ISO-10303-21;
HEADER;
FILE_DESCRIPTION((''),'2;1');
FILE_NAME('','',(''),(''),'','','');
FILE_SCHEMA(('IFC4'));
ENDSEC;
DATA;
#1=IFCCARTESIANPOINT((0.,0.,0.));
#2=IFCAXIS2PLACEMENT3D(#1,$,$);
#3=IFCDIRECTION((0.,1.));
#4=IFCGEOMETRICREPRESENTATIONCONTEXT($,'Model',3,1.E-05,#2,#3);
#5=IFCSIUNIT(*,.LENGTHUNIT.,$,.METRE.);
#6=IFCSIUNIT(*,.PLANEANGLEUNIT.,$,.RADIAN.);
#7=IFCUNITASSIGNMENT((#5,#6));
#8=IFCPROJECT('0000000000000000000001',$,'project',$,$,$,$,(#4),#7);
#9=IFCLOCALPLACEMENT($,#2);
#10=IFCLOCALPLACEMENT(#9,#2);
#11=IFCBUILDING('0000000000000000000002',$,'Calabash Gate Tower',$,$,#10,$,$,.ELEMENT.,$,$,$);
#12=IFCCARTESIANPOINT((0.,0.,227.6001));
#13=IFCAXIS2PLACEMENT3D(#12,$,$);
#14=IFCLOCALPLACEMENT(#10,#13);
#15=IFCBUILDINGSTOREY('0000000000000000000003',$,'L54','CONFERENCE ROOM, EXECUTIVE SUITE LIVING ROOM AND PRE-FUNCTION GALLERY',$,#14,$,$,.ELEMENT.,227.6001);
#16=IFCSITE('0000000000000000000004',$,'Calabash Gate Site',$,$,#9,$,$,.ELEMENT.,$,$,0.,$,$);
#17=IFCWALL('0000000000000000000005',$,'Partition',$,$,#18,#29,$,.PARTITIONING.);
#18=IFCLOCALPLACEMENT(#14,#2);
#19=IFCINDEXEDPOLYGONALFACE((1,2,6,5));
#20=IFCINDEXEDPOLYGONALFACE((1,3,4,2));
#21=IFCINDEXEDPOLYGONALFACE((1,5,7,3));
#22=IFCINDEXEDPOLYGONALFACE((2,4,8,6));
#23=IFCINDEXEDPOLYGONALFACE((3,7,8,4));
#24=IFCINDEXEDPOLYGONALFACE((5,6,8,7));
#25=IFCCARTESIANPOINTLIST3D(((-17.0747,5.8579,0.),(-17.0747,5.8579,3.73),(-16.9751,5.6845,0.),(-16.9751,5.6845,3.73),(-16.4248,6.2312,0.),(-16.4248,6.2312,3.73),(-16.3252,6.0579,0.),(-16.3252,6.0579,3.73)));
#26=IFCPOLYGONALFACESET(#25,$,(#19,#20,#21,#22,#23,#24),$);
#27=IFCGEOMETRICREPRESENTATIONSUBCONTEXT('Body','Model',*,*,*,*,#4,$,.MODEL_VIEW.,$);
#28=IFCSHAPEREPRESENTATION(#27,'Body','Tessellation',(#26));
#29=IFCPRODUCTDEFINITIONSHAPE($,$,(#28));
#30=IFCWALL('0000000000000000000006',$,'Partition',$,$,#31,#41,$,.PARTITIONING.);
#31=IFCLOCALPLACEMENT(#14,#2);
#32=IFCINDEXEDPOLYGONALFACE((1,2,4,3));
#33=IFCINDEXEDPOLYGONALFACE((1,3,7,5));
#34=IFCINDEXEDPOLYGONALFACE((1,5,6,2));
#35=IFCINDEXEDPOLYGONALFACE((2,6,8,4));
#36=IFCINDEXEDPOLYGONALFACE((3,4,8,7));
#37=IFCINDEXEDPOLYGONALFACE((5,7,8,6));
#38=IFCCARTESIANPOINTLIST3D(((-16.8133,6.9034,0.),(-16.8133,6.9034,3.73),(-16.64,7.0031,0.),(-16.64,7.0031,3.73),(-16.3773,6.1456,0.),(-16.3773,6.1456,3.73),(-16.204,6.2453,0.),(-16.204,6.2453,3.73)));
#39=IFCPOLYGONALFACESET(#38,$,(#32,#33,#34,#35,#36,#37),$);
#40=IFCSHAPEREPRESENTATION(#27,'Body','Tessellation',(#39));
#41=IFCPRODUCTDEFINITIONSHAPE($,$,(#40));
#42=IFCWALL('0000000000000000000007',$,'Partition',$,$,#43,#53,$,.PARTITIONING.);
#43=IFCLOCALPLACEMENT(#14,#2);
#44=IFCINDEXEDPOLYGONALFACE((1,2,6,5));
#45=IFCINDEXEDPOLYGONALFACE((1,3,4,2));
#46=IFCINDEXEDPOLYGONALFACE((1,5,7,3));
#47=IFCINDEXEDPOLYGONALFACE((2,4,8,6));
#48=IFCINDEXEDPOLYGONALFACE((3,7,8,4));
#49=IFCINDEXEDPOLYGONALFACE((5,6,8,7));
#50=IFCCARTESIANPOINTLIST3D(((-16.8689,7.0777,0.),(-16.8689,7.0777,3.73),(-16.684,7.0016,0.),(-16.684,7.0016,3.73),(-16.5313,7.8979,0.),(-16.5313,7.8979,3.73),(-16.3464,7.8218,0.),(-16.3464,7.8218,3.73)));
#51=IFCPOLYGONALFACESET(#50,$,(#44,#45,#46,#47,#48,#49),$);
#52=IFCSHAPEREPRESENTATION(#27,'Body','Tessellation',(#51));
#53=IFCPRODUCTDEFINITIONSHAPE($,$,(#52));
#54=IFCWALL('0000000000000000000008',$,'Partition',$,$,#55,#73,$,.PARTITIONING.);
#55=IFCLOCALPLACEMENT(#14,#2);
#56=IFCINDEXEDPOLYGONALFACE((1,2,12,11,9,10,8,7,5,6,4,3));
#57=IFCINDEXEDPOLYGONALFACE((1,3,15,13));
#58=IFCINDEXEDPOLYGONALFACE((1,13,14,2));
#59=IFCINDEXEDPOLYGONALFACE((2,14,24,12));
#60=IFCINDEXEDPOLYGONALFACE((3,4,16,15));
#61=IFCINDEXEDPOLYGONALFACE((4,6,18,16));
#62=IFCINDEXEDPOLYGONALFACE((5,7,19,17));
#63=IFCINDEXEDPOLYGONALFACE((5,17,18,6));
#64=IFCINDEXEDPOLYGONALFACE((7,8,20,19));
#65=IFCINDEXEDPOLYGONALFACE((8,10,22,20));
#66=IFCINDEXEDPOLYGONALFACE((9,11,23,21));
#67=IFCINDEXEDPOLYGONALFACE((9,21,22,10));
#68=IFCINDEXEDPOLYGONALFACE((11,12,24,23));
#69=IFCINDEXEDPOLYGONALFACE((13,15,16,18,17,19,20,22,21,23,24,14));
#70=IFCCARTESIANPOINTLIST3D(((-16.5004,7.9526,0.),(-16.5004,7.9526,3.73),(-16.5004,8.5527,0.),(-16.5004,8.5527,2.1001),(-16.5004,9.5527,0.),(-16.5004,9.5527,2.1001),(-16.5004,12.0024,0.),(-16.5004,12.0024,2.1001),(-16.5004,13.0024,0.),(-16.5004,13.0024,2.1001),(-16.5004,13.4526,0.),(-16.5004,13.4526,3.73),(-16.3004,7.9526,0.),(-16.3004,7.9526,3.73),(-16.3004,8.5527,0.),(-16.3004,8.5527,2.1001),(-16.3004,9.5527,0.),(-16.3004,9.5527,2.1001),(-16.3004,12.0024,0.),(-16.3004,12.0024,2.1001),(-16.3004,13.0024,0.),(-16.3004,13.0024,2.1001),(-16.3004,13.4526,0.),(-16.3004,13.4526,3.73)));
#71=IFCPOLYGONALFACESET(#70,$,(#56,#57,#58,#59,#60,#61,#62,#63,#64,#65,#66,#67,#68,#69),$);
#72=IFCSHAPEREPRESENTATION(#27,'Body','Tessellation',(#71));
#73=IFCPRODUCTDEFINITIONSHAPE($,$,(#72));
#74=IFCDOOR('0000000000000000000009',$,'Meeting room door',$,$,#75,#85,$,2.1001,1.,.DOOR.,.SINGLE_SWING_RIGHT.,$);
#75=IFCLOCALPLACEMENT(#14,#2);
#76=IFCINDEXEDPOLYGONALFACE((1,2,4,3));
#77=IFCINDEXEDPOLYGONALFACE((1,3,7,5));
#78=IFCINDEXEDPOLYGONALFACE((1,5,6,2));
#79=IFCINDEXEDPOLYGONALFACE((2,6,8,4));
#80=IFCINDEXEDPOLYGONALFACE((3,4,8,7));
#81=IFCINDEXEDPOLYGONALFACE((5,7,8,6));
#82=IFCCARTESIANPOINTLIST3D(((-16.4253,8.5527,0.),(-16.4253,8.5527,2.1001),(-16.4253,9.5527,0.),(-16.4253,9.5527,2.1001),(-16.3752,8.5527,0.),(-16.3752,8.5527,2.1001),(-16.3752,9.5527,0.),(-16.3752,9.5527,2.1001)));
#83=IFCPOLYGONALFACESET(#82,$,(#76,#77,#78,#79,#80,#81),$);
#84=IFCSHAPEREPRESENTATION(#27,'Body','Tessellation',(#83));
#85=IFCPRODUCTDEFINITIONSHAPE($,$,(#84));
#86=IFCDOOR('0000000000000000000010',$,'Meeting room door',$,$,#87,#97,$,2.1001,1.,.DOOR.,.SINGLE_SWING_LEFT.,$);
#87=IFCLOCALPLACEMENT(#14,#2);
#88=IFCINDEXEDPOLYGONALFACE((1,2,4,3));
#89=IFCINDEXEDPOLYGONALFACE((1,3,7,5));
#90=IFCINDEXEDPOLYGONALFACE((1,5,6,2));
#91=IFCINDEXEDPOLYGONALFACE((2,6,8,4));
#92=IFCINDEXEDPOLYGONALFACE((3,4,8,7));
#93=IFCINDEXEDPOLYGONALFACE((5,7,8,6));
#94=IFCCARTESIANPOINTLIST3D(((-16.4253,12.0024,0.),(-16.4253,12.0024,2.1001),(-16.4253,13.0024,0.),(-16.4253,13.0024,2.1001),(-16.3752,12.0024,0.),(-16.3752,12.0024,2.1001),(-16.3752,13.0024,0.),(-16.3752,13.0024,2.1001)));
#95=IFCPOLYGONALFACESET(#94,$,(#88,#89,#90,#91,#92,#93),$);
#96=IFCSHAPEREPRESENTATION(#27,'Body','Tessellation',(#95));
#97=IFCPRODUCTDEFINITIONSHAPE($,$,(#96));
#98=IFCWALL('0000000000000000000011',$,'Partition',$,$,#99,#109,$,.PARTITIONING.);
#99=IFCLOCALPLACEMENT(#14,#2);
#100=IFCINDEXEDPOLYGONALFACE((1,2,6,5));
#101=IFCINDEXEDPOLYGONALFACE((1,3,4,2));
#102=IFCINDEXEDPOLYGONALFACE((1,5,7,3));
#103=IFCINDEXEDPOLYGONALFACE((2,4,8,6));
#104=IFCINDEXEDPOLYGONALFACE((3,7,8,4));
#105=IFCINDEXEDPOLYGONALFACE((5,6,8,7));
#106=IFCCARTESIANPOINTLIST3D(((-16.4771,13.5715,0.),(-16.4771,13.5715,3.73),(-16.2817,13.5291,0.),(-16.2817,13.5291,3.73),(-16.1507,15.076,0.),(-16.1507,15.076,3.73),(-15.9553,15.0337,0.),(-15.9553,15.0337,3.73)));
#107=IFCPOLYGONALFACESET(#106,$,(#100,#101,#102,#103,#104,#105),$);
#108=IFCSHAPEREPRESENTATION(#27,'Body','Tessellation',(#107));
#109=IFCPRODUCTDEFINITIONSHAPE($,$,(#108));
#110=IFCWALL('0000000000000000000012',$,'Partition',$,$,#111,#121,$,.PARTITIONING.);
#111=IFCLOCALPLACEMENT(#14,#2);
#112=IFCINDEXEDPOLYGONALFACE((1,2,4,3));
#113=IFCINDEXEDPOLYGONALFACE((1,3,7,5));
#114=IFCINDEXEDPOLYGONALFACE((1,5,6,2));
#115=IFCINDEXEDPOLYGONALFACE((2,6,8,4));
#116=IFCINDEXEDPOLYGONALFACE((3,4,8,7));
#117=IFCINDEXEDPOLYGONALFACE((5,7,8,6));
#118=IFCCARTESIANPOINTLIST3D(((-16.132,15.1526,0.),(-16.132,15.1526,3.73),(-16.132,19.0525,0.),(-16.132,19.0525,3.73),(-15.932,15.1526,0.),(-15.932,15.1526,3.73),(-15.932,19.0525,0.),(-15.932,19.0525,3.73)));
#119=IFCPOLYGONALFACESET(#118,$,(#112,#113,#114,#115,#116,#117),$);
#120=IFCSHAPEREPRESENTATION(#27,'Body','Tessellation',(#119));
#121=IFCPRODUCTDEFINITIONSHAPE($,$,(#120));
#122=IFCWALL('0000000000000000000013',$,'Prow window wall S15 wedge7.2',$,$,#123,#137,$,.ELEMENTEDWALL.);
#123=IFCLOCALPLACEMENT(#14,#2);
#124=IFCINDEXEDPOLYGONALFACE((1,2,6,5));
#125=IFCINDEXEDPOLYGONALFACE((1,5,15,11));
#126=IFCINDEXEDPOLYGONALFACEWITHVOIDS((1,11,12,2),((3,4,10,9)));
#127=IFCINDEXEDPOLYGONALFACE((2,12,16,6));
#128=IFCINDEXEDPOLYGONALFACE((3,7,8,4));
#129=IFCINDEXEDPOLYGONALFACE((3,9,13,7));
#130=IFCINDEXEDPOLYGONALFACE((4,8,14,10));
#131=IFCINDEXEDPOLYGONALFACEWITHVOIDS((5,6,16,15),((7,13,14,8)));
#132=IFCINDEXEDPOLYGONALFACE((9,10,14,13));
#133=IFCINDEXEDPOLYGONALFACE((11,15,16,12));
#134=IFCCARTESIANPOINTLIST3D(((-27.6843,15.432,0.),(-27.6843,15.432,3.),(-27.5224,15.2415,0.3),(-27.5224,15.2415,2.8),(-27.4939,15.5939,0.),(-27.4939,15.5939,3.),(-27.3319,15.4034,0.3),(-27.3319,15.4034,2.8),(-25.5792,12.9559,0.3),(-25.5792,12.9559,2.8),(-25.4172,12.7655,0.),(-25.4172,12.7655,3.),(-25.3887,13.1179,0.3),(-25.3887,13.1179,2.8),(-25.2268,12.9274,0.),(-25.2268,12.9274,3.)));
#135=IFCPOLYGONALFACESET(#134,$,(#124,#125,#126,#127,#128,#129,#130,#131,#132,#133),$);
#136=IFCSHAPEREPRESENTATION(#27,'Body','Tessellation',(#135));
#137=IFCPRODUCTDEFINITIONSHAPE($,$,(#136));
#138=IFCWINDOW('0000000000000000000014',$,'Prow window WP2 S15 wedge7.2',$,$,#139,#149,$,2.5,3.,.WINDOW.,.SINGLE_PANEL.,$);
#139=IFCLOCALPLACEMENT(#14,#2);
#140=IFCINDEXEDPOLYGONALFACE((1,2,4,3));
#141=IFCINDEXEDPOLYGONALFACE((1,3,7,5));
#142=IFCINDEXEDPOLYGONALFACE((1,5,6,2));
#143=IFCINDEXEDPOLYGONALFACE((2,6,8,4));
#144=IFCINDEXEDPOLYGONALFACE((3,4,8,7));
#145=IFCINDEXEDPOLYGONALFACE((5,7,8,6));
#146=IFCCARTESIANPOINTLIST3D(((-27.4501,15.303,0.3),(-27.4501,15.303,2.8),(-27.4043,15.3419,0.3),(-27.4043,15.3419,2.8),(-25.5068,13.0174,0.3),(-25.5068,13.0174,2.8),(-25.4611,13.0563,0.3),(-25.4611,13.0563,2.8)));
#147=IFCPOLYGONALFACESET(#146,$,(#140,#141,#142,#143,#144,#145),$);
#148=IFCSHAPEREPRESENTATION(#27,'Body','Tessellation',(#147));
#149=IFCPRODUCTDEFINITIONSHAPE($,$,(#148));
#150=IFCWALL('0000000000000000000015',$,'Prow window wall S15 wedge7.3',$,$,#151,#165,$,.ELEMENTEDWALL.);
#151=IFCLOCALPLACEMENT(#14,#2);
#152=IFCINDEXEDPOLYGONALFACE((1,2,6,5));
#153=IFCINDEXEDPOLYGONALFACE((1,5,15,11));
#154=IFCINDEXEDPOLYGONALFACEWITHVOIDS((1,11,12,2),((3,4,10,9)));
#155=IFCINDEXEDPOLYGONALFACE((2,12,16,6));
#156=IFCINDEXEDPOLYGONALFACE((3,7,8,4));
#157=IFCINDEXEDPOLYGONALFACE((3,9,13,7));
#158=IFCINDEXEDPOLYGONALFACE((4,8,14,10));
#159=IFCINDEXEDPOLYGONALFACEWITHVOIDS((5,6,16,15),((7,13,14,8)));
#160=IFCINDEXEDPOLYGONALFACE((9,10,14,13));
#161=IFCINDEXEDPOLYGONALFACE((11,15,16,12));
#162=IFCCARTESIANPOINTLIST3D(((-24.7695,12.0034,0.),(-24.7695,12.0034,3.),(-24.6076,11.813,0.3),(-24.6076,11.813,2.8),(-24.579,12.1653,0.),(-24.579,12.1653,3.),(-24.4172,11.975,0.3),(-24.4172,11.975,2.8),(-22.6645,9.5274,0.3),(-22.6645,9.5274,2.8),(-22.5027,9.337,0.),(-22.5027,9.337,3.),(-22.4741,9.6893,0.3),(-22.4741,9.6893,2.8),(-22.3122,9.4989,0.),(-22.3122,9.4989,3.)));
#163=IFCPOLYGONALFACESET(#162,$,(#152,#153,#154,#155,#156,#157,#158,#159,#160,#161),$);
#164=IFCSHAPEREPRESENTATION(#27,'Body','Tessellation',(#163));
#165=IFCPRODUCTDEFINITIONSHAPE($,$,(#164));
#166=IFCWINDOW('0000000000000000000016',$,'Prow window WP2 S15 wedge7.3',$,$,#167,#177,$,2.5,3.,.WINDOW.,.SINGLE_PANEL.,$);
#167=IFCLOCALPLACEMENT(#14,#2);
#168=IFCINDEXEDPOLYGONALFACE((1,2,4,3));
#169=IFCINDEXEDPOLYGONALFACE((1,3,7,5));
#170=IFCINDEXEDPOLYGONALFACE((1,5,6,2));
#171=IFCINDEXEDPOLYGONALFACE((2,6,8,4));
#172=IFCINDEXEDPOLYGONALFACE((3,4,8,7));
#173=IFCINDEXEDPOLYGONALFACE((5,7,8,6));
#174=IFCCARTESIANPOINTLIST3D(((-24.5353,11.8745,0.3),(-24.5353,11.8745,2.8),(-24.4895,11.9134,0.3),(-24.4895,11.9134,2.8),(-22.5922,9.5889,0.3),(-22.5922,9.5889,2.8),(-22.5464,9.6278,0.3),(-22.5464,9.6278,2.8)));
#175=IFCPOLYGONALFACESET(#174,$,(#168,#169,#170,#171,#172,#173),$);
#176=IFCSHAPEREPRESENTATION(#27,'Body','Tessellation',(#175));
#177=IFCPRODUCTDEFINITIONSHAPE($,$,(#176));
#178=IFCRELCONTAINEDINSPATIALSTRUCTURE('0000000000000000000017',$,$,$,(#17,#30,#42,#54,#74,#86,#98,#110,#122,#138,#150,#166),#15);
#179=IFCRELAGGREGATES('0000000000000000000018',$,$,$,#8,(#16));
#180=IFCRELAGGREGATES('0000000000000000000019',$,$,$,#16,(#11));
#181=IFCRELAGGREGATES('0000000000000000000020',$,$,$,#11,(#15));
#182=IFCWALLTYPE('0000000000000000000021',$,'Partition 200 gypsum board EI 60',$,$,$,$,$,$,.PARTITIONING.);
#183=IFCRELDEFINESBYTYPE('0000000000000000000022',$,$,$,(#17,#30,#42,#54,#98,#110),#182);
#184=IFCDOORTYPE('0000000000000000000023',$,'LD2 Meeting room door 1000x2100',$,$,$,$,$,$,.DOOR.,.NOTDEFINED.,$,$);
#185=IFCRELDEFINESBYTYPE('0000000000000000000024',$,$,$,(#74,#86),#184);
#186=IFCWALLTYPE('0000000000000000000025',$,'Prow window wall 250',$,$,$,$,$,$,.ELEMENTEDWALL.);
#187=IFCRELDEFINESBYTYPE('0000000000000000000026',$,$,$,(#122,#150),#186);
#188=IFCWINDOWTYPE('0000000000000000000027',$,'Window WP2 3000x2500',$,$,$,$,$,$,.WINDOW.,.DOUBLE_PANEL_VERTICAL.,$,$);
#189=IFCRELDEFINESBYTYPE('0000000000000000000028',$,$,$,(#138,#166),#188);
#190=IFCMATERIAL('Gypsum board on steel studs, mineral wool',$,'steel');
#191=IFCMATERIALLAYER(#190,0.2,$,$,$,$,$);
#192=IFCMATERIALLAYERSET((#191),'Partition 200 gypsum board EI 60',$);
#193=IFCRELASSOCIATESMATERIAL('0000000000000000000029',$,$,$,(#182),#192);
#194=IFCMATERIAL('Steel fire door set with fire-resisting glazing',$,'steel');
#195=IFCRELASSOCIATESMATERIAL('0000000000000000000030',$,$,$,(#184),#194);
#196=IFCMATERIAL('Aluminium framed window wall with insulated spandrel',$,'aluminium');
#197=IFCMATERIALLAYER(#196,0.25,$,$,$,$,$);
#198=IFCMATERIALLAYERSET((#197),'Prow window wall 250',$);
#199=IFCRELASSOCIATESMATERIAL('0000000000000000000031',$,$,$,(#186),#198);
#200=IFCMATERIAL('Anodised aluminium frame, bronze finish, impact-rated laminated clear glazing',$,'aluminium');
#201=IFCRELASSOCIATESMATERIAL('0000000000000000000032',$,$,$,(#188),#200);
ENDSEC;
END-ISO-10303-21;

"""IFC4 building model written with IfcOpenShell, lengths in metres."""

from ifc_helpers import new_model, si_unit, direction, frame, frame_2d, origin, place, context, subcontext, project, spatial, rectangle, extrude, material, layer, layer_set, type_object, element, fill, save


model = new_model("IFC4")

# Units and contexts
model_context = context("Model", 3, precision=1e-05, world=origin(), true_north=direction((0.0, 1.0)))
body_context = subcontext(model_context, "Body", "Model", "MODEL_VIEW")
ifc_project = project(units=[si_unit("LENGTHUNIT", "METRE"), si_unit("PLANEANGLEUNIT", "RADIAN")], contexts=[model_context])

# Site, building, storey
site_placement = place(None, origin())
site = spatial("IfcSite", under=ifc_project, at=site_placement, Name="Calabash Gate Site", CompositionType="ELEMENT", RefElevation=0.0)
building_placement = place(site_placement, origin())
building = spatial("IfcBuilding", under=site, at=building_placement, Name="Calabash Gate Tower", CompositionType="ELEMENT")
storey_placement = place(building_placement, frame((0.0, 0.0, 227.6001)))
storey = spatial("IfcBuildingStorey", under=building, at=storey_placement, Name="L54", Description="CONFERENCE ROOM, EXECUTIVE SUITE LIVING ROOM AND PRE-FUNCTION GALLERY", CompositionType="ELEMENT", Elevation=227.6001)

# Walls
ifc_material_1 = material(Name="Gypsum board on steel studs, mineral wool", Category="steel")
ifc_layer_1 = layer(ifc_material_1, 0.2)
ifc_layer_set_1 = layer_set([ifc_layer_1], Name="Partition 200 gypsum board EI 60")
wall_type_1 = type_object("IfcWallType", Name="Partition 200 gypsum board EI 60", PredefinedType="PARTITIONING", material=ifc_layer_set_1)
wall_1_placement = place(storey_placement, frame((-17.0249, 5.7712, 0.0), z_axis=(0.0, 0.0, 1.0), x_axis=(0.867138, 0.498067, 0.0)))
element("IfcWall", 1, at=wall_1_placement, inside=storey, type_object=wall_type_1, Name="Partition", PredefinedType="PARTITIONING", context=body_context, shape_type="SweptSolid", body=[
    extrude(rectangle(XDim=0.7495, YDim=0.2, at=frame_2d((0.3748, 0.0))), origin(), (0.0, 0.0, 1.0), 3.73),
])
wall_2_placement = place(storey_placement, frame((-16.7266, 6.9531, 0.0), z_axis=(0.0, 0.0, 1.0), x_axis=(0.498723, -0.866761, 0.0)))
element("IfcWall", 2, at=wall_2_placement, inside=storey, type_object=wall_type_1, Name="Partition", PredefinedType="PARTITIONING", context=body_context, shape_type="SweptSolid", body=[
    extrude(rectangle(XDim=0.8743, YDim=0.2, at=frame_2d((0.437, 0.0))), origin(), (0.0, 0.0, 1.0), 3.73),
])
wall_3_placement = place(storey_placement, frame((-16.7764, 7.0398, 0.0), z_axis=(0.0, 0.0, 1.0), x_axis=(0.380625, 0.924729, 0.0)))
element("IfcWall", 3, at=wall_3_placement, inside=storey, type_object=wall_type_1, Name="Partition", PredefinedType="PARTITIONING", context=body_context, shape_type="SweptSolid", body=[
    extrude(rectangle(XDim=0.887, YDim=0.2, at=frame_2d((0.4434, 0.0))), origin(), (0.0, 0.0, 1.0), 3.73),
])

# Wall, openings, doors
wall_4_placement = place(storey_placement, frame((-16.4004, 7.9526, 0.0), z_axis=(0.0, 0.0, 1.0), x_axis=(0.0, 1.0, 0.0)))
wall_4 = element("IfcWall", 4, at=wall_4_placement, inside=storey, type_object=wall_type_1, Name="Partition", PredefinedType="PARTITIONING", context=body_context, shape_type="SweptSolid", body=[
    extrude(rectangle(XDim=5.5, YDim=0.2, at=frame_2d((2.75, 0.0))), origin(), (0.0, 0.0, 1.0), 3.73),
])
opening_1_placement = place(wall_4_placement, frame((0.6001, 0.0, 0.0)))
opening_1 = element("IfcOpeningElement", 5, at=opening_1_placement, cuts=wall_4, PredefinedType="OPENING", context=body_context, shape_type="SweptSolid", body=[
    extrude(rectangle(XDim=1.0, YDim=2.1001, at=frame_2d((0.5, 1.05))), frame((0.0, 0.1099, 0.0), z_axis=(0.0, -1.0, 0.0), x_axis=(1.0, 0.0, 0.0)), (0.0, 0.0, 1.0), 0.22),
])
opening_2_placement = place(wall_4_placement, frame((4.0498, 0.0, 0.0)))
opening_2 = element("IfcOpeningElement", 6, at=opening_2_placement, cuts=wall_4, PredefinedType="OPENING", context=body_context, shape_type="SweptSolid", body=[
    extrude(rectangle(XDim=1.0, YDim=2.1001, at=frame_2d((0.5, 1.05))), frame((0.0, 0.1099, 0.0), z_axis=(0.0, -1.0, 0.0), x_axis=(1.0, 0.0, 0.0)), (0.0, 0.0, 1.0), 0.22),
])
ifc_material_2 = material(Name="Steel fire door set with fire-resisting glazing", Category="steel")
door_type_1 = type_object("IfcDoorType", Name="LD2 Meeting room door 1000x2100", OperationType="NOTDEFINED", PredefinedType="DOOR", material=ifc_material_2)
door_1_placement = place(opening_1_placement, origin())
door_1 = element("IfcDoor", 7, at=door_1_placement, inside=storey, type_object=door_type_1, Name="Meeting room door", OperationType="SINGLE_SWING_RIGHT", OverallHeight=2.1001, OverallWidth=1.0, PredefinedType="DOOR", context=body_context, shape_type="SweptSolid", body=[
    extrude(rectangle(XDim=1.0, YDim=2.1001, at=frame_2d((0.5, 1.05))), frame((0.0, 0.0249, 0.0), z_axis=(0.0, -1.0, 0.0), x_axis=(1.0, 0.0, 0.0)), (0.0, 0.0, 1.0), 0.05),
])
fill(opening_1, door_1)
door_2_placement = place(opening_2_placement, origin())
door_2 = element("IfcDoor", 8, at=door_2_placement, inside=storey, type_object=door_type_1, Name="Meeting room door", OperationType="SINGLE_SWING_LEFT", OverallHeight=2.1001, OverallWidth=1.0, PredefinedType="DOOR", context=body_context, shape_type="SweptSolid", body=[
    extrude(rectangle(XDim=1.0, YDim=2.1001, at=frame_2d((0.5, 1.05))), frame((0.0, 0.0249, 0.0), z_axis=(0.0, -1.0, 0.0), x_axis=(1.0, 0.0, 0.0)), (0.0, 0.0, 1.0), 0.05),
])
fill(opening_2, door_2)

# Walls
wall_5_placement = place(storey_placement, frame((-16.3794, 13.5503, 0.0), z_axis=(0.0, 0.0, 1.0), x_axis=(0.212008, 0.977268, 0.0)))
element("IfcWall", 9, at=wall_5_placement, inside=storey, type_object=wall_type_1, Name="Partition", PredefinedType="PARTITIONING", context=body_context, shape_type="SweptSolid", body=[
    extrude(rectangle(XDim=1.5396, YDim=0.2, at=frame_2d((0.7698, 0.0))), origin(), (0.0, 0.0, 1.0), 3.73),
])
wall_6_placement = place(storey_placement, frame((-16.032, 15.1526, 0.0), z_axis=(0.0, 0.0, 1.0), x_axis=(0.0, 1.0, 0.0)))
element("IfcWall", 10, at=wall_6_placement, inside=storey, type_object=wall_type_1, Name="Partition", PredefinedType="PARTITIONING", context=body_context, shape_type="SweptSolid", body=[
    extrude(rectangle(XDim=3.8999, YDim=0.2, at=frame_2d((1.95, 0.0))), origin(), (0.0, 0.0, 1.0), 3.73),
])

# Walls, openings, windows
ifc_material_3 = material(Name="Aluminium framed window wall with insulated spandrel", Category="aluminium")
ifc_layer_2 = layer(ifc_material_3, 0.25)
ifc_layer_set_2 = layer_set([ifc_layer_2], Name="Prow window wall 250")
wall_type_2 = type_object("IfcWallType", Name="Prow window wall 250", PredefinedType="ELEMENTEDWALL", material=ifc_layer_set_2)
wall_7_placement = place(storey_placement, frame((-27.5891, 15.5129, 0.0), z_axis=(0.0, 0.0, 1.0), x_axis=(0.647742, -0.76186, 0.0)))
wall_7 = element("IfcWall", 11, at=wall_7_placement, inside=storey, type_object=wall_type_2, Name="Prow window wall S15 wedge7.2", PredefinedType="ELEMENTEDWALL", context=body_context, shape_type="SweptSolid", body=[
    extrude(rectangle(XDim=3.5, YDim=0.25, at=frame_2d((1.75, 0.0))), origin(), (0.0, 0.0, 1.0), 3.0),
])
opening_3_placement = place(wall_7_placement, frame((0.25, 0.0, 0.3)))
opening_3 = element("IfcOpeningElement", 12, at=opening_3_placement, cuts=wall_7, PredefinedType="OPENING", context=body_context, shape_type="SweptSolid", body=[
    extrude(rectangle(XDim=3.0, YDim=2.5, at=frame_2d((1.5, 1.25))), frame((0.0, 0.135, 0.0), z_axis=(0.0, -1.0, 0.0), x_axis=(1.0, 0.0, 0.0)), (0.0, 0.0, 1.0), 0.27),
])
ifc_material_4 = material(Name="Anodised aluminium frame, bronze finish, impact-rated laminated clear glazing", Category="aluminium")
window_type_1 = type_object("IfcWindowType", Name="Window WP2 3000x2500", PartitioningType="DOUBLE_PANEL_VERTICAL", PredefinedType="WINDOW", material=ifc_material_4)
window_1_placement = place(opening_3_placement, origin())
window_1 = element("IfcWindow", 13, at=window_1_placement, inside=storey, type_object=window_type_1, Name="Prow window WP2 S15 wedge7.2", OverallHeight=2.5, OverallWidth=3.0, PartitioningType="SINGLE_PANEL", PredefinedType="WINDOW", context=body_context, shape_type="SweptSolid", body=[
    extrude(rectangle(XDim=3.0, YDim=2.5, at=frame_2d((1.5, 1.25))), frame((0.0, 0.03, 0.0), z_axis=(0.0, -1.0, 0.0), x_axis=(1.0, 0.0, 0.0)), (0.0, 0.0, 1.0), 0.0601),
])
fill(opening_3, window_1)
wall_8_placement = place(storey_placement, frame((-24.6743, 12.0845, 0.0), z_axis=(0.0, 0.0, 1.0), x_axis=(0.647701, -0.761895, 0.0)))
wall_8 = element("IfcWall", 14, at=wall_8_placement, inside=storey, type_object=wall_type_2, Name="Prow window wall S15 wedge7.3", PredefinedType="ELEMENTEDWALL", context=body_context, shape_type="SweptSolid", body=[
    extrude(rectangle(XDim=3.4998, YDim=0.25, at=frame_2d((1.75, 0.0))), origin(), (0.0, 0.0, 1.0), 3.0),
])
opening_4_placement = place(wall_8_placement, frame((0.25, 0.0, 0.3)))
opening_4 = element("IfcOpeningElement", 15, at=opening_4_placement, cuts=wall_8, PredefinedType="OPENING", context=body_context, shape_type="SweptSolid", body=[
    extrude(rectangle(XDim=3.0, YDim=2.5, at=frame_2d((1.5, 1.25))), frame((0.0, 0.135, 0.0), z_axis=(0.0, -1.0, 0.0), x_axis=(1.0, 0.0, 0.0)), (0.0, 0.0, 1.0), 0.27),
])
window_2_placement = place(opening_4_placement, origin())
window_2 = element("IfcWindow", 16, at=window_2_placement, inside=storey, type_object=window_type_1, Name="Prow window WP2 S15 wedge7.3", OverallHeight=2.5, OverallWidth=3.0, PartitioningType="SINGLE_PANEL", PredefinedType="WINDOW", context=body_context, shape_type="SweptSolid", body=[
    extrude(rectangle(XDim=3.0, YDim=2.5, at=frame_2d((1.5, 1.25))), frame((0.0, 0.03, 0.0), z_axis=(0.0, -1.0, 0.0), x_axis=(1.0, 0.0, 0.0)), (0.0, 0.0, 1.0), 0.0601),
])
fill(opening_4, window_2)

save(model, "model.ifc")
